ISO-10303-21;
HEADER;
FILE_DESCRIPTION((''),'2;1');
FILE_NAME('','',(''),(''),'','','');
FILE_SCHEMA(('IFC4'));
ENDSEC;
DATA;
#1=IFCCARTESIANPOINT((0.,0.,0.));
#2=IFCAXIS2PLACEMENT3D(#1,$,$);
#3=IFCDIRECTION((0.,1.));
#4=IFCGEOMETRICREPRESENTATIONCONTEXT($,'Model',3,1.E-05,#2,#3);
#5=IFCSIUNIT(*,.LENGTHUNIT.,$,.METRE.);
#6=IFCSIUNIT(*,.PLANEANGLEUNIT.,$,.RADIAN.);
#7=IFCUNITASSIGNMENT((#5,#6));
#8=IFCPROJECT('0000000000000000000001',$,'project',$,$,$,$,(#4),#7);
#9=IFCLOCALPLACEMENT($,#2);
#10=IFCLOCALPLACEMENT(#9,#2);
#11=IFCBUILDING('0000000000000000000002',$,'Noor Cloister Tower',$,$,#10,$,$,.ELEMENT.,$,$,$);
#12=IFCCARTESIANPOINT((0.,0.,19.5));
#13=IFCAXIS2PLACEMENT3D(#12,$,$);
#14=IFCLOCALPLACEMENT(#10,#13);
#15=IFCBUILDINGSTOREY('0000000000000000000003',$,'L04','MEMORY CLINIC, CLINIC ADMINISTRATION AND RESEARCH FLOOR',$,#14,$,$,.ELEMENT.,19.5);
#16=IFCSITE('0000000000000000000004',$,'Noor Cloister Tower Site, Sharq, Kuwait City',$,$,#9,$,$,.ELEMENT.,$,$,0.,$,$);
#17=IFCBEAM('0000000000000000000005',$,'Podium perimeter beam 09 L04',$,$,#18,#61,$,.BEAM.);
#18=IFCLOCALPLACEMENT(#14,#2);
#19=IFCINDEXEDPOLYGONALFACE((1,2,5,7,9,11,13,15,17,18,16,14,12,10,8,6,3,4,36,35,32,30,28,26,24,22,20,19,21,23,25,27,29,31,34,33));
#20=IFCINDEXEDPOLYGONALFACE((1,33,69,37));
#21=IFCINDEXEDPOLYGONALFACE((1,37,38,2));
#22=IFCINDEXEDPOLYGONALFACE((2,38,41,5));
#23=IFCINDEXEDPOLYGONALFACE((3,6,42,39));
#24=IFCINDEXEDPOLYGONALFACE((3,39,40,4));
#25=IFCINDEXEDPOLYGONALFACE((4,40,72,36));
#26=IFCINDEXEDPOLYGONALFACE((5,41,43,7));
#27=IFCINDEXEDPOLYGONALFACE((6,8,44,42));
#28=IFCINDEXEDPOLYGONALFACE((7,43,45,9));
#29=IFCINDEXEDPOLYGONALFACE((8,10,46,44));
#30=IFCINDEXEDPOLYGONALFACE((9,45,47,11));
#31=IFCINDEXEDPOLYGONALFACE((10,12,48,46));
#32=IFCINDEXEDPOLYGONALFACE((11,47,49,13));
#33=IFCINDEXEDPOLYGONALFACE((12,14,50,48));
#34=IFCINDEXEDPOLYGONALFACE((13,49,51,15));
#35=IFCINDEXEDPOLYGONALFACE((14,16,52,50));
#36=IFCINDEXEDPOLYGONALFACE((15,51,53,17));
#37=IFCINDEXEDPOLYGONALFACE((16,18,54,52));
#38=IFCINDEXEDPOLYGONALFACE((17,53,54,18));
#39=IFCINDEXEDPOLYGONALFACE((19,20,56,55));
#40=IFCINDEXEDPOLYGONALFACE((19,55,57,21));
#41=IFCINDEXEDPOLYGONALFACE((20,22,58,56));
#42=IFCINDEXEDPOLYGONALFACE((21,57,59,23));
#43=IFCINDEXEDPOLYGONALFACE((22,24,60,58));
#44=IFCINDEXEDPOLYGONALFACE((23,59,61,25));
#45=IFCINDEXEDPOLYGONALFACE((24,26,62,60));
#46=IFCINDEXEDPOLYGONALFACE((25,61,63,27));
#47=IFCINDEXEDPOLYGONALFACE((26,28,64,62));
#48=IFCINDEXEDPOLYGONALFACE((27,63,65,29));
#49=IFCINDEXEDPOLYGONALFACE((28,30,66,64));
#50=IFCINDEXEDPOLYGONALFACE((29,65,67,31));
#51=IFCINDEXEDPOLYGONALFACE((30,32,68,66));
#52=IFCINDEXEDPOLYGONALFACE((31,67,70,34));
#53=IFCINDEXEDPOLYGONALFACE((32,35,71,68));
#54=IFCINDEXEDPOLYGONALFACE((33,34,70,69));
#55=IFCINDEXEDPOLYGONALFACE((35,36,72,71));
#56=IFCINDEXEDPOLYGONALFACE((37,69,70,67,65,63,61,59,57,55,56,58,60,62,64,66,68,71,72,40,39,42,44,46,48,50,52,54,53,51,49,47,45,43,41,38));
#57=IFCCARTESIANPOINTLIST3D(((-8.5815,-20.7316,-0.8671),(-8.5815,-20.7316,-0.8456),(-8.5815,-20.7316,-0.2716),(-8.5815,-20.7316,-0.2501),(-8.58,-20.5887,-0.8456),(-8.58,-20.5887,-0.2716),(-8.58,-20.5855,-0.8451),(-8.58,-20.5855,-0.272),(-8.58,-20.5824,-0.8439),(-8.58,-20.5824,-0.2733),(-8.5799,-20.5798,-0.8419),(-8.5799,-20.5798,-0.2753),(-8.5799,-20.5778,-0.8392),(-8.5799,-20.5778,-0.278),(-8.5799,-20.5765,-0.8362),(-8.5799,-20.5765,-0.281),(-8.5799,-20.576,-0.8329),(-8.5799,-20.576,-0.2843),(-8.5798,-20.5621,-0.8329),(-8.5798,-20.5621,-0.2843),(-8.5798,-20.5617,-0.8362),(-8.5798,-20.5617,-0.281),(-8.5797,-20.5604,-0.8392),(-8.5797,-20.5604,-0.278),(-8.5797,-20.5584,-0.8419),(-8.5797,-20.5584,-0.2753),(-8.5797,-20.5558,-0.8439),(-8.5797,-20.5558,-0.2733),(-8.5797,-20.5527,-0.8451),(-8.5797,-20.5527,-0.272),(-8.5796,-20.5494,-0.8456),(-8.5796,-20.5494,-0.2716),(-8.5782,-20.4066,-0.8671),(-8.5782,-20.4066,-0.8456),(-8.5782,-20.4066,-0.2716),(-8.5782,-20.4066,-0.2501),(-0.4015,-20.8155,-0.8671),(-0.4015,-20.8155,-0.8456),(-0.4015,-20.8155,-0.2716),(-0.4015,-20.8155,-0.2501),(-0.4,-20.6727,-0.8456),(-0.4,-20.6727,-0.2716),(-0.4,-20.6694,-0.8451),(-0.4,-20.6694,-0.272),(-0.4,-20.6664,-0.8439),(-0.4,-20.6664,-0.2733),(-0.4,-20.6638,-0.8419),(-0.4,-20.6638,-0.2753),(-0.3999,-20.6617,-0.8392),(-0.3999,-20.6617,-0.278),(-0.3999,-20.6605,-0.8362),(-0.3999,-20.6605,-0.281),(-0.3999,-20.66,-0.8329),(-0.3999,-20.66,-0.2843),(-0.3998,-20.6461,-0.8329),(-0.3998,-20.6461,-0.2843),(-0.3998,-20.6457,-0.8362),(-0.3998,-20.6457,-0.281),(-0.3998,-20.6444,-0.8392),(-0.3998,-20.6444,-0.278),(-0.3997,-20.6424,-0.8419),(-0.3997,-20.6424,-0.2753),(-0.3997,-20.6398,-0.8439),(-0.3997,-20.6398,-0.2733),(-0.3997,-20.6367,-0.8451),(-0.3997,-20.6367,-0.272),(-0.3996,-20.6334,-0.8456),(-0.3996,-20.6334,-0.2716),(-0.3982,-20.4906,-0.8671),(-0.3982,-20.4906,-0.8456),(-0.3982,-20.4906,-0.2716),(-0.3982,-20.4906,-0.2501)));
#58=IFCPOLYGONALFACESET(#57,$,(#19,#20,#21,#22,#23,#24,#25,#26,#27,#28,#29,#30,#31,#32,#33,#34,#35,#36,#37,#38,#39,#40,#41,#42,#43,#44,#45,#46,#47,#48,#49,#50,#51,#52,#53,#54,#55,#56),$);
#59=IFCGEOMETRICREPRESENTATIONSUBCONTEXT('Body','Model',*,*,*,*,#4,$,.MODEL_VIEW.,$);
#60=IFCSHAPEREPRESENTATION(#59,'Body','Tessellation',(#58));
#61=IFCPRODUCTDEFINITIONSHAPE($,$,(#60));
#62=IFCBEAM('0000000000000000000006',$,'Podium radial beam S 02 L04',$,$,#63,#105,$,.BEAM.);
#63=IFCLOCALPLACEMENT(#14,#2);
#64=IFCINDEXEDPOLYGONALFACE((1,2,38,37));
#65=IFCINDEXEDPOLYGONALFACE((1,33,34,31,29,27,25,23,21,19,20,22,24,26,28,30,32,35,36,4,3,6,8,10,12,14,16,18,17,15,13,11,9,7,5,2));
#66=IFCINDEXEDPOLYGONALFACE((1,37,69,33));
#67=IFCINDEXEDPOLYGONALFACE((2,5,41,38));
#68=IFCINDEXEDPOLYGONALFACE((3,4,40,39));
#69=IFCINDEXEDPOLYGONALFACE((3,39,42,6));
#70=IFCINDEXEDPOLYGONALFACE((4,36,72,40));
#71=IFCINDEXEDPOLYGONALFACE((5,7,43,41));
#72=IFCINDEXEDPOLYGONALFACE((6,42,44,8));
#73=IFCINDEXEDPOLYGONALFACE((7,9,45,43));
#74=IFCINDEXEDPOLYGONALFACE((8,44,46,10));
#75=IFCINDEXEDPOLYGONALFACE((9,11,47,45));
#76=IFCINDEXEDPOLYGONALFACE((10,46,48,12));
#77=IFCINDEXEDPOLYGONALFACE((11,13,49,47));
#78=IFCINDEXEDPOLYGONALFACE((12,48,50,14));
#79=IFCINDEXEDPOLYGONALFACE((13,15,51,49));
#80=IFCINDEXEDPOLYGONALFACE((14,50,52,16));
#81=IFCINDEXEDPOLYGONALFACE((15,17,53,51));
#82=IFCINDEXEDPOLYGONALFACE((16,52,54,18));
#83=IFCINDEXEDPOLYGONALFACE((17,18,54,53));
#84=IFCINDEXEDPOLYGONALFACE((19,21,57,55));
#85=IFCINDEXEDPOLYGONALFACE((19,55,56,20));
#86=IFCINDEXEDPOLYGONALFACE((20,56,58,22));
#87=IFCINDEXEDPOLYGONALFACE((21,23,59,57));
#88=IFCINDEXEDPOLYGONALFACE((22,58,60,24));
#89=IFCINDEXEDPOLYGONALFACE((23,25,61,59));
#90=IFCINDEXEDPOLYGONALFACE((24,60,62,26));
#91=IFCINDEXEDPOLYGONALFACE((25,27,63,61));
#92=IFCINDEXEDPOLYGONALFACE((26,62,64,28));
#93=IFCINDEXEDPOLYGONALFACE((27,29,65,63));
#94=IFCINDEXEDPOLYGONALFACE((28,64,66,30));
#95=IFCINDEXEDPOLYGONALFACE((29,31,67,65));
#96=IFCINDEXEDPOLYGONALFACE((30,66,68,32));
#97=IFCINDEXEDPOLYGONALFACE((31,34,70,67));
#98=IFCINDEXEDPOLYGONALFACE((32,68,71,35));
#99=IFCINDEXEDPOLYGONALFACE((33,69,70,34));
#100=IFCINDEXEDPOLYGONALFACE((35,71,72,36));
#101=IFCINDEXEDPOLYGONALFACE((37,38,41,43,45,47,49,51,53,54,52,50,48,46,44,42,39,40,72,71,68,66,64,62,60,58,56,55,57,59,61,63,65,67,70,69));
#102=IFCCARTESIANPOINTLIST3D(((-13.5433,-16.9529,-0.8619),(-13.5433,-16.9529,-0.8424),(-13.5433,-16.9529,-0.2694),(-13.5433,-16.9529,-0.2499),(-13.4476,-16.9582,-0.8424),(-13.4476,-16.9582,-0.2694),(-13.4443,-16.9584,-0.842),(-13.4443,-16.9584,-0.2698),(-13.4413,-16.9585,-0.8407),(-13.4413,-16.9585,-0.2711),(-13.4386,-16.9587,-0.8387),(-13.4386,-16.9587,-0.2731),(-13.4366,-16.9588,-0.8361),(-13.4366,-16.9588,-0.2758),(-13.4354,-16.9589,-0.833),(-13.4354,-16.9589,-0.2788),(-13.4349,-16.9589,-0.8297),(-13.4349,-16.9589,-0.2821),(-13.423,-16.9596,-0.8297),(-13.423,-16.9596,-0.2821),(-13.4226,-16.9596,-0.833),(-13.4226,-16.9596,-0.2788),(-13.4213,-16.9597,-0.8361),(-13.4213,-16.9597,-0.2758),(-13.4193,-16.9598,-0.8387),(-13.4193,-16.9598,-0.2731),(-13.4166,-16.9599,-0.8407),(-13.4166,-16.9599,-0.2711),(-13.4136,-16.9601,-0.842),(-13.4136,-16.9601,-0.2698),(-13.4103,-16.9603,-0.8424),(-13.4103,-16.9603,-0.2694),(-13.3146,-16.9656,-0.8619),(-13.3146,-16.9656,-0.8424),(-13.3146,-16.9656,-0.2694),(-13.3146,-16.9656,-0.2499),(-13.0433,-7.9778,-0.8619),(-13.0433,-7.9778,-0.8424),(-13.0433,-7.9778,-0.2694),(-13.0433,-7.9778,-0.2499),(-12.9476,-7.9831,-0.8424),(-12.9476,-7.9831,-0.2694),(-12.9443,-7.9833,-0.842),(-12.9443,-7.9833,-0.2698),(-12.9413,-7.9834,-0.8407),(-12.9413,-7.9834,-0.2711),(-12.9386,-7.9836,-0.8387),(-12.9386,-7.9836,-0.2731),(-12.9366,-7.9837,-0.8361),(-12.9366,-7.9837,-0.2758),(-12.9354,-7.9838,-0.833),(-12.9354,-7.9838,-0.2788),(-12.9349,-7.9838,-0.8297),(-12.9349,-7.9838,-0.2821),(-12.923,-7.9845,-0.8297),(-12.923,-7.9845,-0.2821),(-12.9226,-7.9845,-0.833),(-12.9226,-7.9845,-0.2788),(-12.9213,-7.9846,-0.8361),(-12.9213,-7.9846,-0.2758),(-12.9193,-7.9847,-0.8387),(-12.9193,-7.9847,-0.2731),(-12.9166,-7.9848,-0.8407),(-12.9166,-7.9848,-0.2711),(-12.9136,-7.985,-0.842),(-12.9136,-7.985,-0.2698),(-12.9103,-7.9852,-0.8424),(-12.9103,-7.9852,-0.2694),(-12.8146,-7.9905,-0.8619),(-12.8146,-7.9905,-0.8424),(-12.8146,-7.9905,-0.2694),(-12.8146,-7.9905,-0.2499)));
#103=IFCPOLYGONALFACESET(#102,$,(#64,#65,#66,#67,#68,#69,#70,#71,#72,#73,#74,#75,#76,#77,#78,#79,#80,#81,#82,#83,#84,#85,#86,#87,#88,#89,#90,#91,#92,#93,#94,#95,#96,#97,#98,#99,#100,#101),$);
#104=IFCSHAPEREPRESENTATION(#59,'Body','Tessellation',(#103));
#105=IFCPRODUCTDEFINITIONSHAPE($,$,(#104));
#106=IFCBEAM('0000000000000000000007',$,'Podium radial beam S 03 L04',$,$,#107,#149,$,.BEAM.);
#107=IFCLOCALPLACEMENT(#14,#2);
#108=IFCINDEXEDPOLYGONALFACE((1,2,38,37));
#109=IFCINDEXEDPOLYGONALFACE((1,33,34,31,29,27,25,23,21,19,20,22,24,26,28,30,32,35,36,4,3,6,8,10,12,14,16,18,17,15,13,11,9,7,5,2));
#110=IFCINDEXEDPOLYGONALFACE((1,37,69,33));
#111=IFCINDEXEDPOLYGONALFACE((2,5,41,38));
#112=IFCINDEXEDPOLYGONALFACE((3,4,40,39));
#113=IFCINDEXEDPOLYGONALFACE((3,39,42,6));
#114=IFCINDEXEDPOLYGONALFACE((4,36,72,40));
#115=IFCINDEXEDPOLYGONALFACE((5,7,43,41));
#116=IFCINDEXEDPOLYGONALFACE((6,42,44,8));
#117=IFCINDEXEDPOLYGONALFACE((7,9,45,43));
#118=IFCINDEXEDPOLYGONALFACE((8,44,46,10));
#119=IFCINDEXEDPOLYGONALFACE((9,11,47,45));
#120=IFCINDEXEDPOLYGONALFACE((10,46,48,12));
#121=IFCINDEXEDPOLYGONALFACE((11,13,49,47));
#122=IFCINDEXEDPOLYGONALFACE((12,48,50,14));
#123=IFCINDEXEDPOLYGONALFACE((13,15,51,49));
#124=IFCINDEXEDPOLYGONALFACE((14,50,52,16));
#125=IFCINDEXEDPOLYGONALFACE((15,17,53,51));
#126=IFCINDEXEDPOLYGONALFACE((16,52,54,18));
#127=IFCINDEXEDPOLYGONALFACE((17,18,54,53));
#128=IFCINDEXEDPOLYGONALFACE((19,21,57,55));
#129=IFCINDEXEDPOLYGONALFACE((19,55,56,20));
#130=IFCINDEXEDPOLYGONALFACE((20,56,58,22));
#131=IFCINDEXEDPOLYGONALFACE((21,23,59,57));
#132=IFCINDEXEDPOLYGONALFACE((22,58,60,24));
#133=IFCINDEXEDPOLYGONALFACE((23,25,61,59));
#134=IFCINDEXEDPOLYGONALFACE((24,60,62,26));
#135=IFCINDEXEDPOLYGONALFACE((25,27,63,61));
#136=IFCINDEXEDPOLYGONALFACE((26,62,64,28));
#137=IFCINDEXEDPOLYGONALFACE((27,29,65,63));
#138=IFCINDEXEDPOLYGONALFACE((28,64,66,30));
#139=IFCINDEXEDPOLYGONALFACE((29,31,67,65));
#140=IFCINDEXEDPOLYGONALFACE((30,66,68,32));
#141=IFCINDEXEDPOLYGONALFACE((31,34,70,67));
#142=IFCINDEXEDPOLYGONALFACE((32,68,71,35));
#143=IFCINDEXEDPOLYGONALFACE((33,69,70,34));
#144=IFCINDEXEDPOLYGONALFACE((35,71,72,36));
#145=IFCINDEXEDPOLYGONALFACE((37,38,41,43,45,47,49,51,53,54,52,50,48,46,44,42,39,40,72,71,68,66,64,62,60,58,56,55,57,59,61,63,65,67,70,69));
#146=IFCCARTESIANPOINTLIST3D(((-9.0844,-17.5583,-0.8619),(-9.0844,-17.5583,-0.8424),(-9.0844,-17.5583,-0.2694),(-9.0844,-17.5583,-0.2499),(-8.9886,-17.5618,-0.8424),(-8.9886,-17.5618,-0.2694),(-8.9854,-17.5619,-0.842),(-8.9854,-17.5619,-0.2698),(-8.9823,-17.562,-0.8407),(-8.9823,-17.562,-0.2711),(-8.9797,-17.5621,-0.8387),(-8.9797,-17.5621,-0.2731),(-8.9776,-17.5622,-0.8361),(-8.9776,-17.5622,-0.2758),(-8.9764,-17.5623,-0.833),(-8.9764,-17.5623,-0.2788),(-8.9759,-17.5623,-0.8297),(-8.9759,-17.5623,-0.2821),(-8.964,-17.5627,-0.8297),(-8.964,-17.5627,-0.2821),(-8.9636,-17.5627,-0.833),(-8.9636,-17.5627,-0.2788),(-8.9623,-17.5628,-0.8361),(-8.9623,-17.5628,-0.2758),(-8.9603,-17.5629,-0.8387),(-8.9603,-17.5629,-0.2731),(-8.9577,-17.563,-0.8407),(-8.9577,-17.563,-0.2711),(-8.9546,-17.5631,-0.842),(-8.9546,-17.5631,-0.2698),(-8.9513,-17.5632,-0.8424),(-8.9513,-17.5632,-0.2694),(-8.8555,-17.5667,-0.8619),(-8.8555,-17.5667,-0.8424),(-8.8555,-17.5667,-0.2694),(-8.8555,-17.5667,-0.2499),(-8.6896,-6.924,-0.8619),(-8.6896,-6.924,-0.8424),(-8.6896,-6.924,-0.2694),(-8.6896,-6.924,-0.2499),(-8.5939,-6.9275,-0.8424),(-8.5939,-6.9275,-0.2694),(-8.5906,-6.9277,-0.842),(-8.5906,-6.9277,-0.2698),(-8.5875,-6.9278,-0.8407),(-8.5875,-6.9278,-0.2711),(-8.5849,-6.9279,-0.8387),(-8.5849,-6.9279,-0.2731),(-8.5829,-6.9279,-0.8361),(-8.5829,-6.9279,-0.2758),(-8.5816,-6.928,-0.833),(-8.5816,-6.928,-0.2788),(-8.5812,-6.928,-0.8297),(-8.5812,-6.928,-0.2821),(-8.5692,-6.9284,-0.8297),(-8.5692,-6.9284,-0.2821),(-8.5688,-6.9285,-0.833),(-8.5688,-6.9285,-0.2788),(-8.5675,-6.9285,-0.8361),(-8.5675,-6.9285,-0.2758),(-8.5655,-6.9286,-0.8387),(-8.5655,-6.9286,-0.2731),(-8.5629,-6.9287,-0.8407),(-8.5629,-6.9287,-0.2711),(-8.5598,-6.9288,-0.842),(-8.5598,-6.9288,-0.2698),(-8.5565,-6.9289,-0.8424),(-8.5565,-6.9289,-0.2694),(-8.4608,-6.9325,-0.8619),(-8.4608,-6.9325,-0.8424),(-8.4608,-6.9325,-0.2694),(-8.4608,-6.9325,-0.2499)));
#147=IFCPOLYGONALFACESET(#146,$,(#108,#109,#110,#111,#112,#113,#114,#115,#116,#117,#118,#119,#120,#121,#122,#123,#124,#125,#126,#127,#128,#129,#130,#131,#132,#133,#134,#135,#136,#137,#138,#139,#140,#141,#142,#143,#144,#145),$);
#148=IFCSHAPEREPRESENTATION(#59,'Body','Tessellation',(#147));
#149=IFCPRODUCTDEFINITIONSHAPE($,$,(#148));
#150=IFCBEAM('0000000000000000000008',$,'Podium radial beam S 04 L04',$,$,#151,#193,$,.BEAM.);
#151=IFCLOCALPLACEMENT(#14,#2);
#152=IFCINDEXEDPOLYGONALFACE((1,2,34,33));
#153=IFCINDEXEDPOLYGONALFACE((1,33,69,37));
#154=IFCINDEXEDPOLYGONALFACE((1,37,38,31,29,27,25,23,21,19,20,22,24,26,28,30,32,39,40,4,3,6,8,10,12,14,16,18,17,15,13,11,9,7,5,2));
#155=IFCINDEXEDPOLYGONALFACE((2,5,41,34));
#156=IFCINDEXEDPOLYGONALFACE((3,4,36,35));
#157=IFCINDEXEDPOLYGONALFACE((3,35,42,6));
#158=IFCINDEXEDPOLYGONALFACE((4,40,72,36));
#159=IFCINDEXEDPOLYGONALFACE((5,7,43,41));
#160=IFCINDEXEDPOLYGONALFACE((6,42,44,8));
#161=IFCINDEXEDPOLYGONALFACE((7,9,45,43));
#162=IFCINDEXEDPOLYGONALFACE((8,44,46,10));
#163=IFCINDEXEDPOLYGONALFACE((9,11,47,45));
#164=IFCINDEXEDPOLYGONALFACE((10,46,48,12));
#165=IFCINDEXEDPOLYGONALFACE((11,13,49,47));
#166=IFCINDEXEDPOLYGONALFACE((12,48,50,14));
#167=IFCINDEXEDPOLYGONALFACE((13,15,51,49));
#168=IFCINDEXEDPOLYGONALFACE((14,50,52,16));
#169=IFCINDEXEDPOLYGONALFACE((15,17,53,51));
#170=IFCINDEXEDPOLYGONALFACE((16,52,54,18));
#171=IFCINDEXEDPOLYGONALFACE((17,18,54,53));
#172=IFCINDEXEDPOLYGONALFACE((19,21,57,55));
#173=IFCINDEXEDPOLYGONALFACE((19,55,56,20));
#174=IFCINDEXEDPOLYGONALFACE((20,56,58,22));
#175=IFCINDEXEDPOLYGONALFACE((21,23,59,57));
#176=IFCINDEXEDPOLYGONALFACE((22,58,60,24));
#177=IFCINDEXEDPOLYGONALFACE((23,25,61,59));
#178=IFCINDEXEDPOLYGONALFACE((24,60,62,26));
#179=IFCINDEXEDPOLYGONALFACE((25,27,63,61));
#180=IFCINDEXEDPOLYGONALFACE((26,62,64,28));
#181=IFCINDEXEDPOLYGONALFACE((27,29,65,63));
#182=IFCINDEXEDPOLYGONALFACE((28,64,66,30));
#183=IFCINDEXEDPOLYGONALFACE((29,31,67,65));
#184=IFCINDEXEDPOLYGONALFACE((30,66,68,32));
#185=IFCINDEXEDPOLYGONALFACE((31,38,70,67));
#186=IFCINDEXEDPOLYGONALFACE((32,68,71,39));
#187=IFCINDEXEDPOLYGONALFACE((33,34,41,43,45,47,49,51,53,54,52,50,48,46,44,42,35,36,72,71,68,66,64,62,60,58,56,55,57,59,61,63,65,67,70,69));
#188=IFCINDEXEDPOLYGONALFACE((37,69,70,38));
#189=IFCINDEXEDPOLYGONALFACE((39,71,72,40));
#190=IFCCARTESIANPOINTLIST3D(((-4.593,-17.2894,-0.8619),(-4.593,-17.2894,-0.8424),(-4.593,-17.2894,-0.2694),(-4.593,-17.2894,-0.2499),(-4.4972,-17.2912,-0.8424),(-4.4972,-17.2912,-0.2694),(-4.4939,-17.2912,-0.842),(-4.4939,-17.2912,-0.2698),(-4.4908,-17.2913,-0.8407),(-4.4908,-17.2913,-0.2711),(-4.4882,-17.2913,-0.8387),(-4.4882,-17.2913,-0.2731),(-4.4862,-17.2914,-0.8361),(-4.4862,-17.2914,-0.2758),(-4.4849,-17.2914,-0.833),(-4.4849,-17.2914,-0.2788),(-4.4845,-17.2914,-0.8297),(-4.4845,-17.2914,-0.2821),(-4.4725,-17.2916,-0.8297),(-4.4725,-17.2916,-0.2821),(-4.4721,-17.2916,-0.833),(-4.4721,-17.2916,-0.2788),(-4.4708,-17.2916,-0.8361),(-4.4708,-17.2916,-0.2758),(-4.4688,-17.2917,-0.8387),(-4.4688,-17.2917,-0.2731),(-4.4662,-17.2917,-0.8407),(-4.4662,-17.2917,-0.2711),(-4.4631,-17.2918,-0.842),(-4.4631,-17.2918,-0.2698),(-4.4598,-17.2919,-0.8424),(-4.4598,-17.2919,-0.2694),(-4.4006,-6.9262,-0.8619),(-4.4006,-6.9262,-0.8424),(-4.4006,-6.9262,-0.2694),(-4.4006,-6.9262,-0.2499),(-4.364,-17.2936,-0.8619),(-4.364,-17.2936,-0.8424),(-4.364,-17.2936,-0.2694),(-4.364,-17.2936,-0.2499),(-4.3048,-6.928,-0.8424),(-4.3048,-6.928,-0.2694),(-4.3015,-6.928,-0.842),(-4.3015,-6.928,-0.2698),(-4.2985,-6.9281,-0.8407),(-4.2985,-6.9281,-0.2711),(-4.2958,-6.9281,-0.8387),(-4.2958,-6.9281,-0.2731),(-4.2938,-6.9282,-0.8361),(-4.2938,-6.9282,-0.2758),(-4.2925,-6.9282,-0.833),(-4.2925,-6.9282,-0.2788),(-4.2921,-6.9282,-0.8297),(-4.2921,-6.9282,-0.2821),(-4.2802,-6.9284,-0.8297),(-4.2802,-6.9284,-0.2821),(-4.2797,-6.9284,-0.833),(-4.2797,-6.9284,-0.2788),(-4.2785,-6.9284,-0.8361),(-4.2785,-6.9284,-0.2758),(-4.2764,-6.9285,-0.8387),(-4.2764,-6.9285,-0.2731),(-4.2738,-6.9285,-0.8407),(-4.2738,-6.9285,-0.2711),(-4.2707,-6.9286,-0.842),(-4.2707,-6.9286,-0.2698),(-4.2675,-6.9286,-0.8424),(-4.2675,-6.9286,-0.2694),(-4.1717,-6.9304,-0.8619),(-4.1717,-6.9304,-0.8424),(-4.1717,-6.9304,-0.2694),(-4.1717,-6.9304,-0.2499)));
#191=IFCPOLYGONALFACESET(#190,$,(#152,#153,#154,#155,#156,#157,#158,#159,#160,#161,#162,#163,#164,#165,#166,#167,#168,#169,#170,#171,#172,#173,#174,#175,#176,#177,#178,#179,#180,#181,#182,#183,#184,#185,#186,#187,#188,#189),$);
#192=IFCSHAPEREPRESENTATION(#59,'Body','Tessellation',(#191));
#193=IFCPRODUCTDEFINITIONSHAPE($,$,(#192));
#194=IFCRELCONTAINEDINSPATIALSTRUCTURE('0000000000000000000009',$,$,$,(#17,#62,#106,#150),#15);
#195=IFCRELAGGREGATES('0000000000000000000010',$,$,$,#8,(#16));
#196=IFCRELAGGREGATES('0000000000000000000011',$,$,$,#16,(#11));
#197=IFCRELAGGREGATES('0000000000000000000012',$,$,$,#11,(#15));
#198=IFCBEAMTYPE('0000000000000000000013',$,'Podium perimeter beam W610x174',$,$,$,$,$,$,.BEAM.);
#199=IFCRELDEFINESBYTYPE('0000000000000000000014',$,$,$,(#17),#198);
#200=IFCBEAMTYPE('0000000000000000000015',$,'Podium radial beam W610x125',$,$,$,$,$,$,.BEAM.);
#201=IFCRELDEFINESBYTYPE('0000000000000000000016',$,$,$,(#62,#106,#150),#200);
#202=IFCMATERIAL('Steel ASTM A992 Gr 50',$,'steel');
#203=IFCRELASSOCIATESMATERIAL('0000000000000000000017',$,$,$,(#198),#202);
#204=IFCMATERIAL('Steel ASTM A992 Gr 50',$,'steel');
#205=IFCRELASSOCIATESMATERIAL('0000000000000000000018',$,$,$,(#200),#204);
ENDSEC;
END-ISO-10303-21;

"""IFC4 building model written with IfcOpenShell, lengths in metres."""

from ifc_helpers import new_model, si_unit, direction, frame, origin, origin_2d, place, context, subcontext, project, spatial, i_section, extrude, material, material_profile, profile_set, type_object, element, save


model = new_model("IFC4")

# Units and contexts
model_context = context("Model", 3, precision=1e-05, world=origin(), true_north=direction((0.0, 1.0)))
body_context = subcontext(model_context, "Body", "Model", "MODEL_VIEW")
ifc_project = project(units=[si_unit("LENGTHUNIT", "METRE"), si_unit("PLANEANGLEUNIT", "RADIAN")], contexts=[model_context])

# Site, building, storey
site_placement = place(None, origin())
site = spatial("IfcSite", under=ifc_project, at=site_placement, Name="Noor Cloister Tower Site, Sharq, Kuwait City", CompositionType="ELEMENT", RefElevation=0.0)
building_placement = place(site_placement, origin())
building = spatial("IfcBuilding", under=site, at=building_placement, Name="Noor Cloister Tower", CompositionType="ELEMENT")
storey_placement = place(building_placement, frame((0.0, 0.0, 19.5)))
storey = spatial("IfcBuildingStorey", under=building, at=storey_placement, Name="L04", Description="MEMORY CLINIC, CLINIC ADMINISTRATION AND RESEARCH FLOOR", CompositionType="ELEMENT", Elevation=19.5)

# Beams
ifc_material_1 = material(Name="Steel ASTM A992 Gr 50", Category="steel")
ifc_material_profile_1 = material_profile(ifc_material_1, i_section(OverallWidth=0.325, OverallDepth=0.6169, WebThickness=0.0139, FlangeThickness=0.0215, FilletRadius=0.0127, at=origin_2d()), Name="W610x174")
ifc_profile_set_1 = profile_set([ifc_material_profile_1], Name="Steel ASTM A992 Gr 50")
beam_type_1 = type_object("IfcBeamType", Name="Podium perimeter beam W610x174", PredefinedType="BEAM", material=ifc_profile_set_1)
beam_1_placement = place(storey_placement, frame((-8.5798, -20.5691, -0.5586), z_axis=(0.999947, -0.010267, 0.0), x_axis=(0.010267, 0.999947, 0.0)))
element("IfcBeam", 1, at=beam_1_placement, inside=storey, type_object=beam_type_1, Name="Podium perimeter beam 09 L04", PredefinedType="BEAM", context=body_context, shape_type="SweptSolid", body=[
    extrude(i_section(OverallWidth=0.325, OverallDepth=0.6169, WebThickness=0.0139, FlangeThickness=0.0215, FilletRadius=0.0127, at=origin_2d()), origin(), (0.0, 0.0, 1.0), 8.1804),
])
ifc_material_2 = material(Name="Steel ASTM A992 Gr 50", Category="steel")
ifc_material_profile_2 = material_profile(ifc_material_2, i_section(OverallWidth=0.229, OverallDepth=0.6121, WebThickness=0.012, FlangeThickness=0.0195, FilletRadius=0.0127, at=origin_2d()), Name="W610x125")
ifc_profile_set_2 = profile_set([ifc_material_profile_2], Name="Steel ASTM A992 Gr 50")
beam_type_2 = type_object("IfcBeamType", Name="Podium radial beam W610x125", PredefinedType="BEAM", material=ifc_profile_set_2)
beam_2_placement = place(storey_placement, frame((-13.429, -16.9592, -0.5559), z_axis=(0.055623, 0.998452, 0.0), x_axis=(-0.998452, 0.055623, 0.0)))
element("IfcBeam", 2, at=beam_2_placement, inside=storey, type_object=beam_type_2, Name="Podium radial beam S 02 L04", PredefinedType="BEAM", context=body_context, shape_type="SweptSolid", body=[
    extrude(i_section(OverallWidth=0.229, OverallDepth=0.6121, WebThickness=0.012, FlangeThickness=0.0195, FilletRadius=0.0127, at=origin_2d()), origin(), (0.0, 0.0, 1.0), 8.989),
])
beam_3_placement = place(storey_placement, frame((-8.97, -17.5625, -0.5559), z_axis=(0.037097, 0.999312, 0.0), x_axis=(-0.999312, 0.037097, 0.0)))
element("IfcBeam", 3, at=beam_3_placement, inside=storey, type_object=beam_type_2, Name="Podium radial beam S 03 L04", PredefinedType="BEAM", context=body_context, shape_type="SweptSolid", body=[
    extrude(i_section(OverallWidth=0.229, OverallDepth=0.6121, WebThickness=0.012, FlangeThickness=0.0195, FilletRadius=0.0127, at=origin_2d()), origin(), (0.0, 0.0, 1.0), 10.6416),
])
beam_4_placement = place(storey_placement, frame((-4.4785, -17.2915, -0.5559), z_axis=(0.018561, 0.999828, 0.0), x_axis=(-0.999828, 0.018561, 0.0)))
element("IfcBeam", 4, at=beam_4_placement, inside=storey, type_object=beam_type_2, Name="Podium radial beam S 04 L04", PredefinedType="BEAM", context=body_context, shape_type="SweptSolid", body=[
    extrude(i_section(OverallWidth=0.229, OverallDepth=0.6121, WebThickness=0.012, FlangeThickness=0.0195, FilletRadius=0.0127, at=origin_2d()), origin(), (0.0, 0.0, 1.0), 10.365),
])

save(model, "model.ifc")
